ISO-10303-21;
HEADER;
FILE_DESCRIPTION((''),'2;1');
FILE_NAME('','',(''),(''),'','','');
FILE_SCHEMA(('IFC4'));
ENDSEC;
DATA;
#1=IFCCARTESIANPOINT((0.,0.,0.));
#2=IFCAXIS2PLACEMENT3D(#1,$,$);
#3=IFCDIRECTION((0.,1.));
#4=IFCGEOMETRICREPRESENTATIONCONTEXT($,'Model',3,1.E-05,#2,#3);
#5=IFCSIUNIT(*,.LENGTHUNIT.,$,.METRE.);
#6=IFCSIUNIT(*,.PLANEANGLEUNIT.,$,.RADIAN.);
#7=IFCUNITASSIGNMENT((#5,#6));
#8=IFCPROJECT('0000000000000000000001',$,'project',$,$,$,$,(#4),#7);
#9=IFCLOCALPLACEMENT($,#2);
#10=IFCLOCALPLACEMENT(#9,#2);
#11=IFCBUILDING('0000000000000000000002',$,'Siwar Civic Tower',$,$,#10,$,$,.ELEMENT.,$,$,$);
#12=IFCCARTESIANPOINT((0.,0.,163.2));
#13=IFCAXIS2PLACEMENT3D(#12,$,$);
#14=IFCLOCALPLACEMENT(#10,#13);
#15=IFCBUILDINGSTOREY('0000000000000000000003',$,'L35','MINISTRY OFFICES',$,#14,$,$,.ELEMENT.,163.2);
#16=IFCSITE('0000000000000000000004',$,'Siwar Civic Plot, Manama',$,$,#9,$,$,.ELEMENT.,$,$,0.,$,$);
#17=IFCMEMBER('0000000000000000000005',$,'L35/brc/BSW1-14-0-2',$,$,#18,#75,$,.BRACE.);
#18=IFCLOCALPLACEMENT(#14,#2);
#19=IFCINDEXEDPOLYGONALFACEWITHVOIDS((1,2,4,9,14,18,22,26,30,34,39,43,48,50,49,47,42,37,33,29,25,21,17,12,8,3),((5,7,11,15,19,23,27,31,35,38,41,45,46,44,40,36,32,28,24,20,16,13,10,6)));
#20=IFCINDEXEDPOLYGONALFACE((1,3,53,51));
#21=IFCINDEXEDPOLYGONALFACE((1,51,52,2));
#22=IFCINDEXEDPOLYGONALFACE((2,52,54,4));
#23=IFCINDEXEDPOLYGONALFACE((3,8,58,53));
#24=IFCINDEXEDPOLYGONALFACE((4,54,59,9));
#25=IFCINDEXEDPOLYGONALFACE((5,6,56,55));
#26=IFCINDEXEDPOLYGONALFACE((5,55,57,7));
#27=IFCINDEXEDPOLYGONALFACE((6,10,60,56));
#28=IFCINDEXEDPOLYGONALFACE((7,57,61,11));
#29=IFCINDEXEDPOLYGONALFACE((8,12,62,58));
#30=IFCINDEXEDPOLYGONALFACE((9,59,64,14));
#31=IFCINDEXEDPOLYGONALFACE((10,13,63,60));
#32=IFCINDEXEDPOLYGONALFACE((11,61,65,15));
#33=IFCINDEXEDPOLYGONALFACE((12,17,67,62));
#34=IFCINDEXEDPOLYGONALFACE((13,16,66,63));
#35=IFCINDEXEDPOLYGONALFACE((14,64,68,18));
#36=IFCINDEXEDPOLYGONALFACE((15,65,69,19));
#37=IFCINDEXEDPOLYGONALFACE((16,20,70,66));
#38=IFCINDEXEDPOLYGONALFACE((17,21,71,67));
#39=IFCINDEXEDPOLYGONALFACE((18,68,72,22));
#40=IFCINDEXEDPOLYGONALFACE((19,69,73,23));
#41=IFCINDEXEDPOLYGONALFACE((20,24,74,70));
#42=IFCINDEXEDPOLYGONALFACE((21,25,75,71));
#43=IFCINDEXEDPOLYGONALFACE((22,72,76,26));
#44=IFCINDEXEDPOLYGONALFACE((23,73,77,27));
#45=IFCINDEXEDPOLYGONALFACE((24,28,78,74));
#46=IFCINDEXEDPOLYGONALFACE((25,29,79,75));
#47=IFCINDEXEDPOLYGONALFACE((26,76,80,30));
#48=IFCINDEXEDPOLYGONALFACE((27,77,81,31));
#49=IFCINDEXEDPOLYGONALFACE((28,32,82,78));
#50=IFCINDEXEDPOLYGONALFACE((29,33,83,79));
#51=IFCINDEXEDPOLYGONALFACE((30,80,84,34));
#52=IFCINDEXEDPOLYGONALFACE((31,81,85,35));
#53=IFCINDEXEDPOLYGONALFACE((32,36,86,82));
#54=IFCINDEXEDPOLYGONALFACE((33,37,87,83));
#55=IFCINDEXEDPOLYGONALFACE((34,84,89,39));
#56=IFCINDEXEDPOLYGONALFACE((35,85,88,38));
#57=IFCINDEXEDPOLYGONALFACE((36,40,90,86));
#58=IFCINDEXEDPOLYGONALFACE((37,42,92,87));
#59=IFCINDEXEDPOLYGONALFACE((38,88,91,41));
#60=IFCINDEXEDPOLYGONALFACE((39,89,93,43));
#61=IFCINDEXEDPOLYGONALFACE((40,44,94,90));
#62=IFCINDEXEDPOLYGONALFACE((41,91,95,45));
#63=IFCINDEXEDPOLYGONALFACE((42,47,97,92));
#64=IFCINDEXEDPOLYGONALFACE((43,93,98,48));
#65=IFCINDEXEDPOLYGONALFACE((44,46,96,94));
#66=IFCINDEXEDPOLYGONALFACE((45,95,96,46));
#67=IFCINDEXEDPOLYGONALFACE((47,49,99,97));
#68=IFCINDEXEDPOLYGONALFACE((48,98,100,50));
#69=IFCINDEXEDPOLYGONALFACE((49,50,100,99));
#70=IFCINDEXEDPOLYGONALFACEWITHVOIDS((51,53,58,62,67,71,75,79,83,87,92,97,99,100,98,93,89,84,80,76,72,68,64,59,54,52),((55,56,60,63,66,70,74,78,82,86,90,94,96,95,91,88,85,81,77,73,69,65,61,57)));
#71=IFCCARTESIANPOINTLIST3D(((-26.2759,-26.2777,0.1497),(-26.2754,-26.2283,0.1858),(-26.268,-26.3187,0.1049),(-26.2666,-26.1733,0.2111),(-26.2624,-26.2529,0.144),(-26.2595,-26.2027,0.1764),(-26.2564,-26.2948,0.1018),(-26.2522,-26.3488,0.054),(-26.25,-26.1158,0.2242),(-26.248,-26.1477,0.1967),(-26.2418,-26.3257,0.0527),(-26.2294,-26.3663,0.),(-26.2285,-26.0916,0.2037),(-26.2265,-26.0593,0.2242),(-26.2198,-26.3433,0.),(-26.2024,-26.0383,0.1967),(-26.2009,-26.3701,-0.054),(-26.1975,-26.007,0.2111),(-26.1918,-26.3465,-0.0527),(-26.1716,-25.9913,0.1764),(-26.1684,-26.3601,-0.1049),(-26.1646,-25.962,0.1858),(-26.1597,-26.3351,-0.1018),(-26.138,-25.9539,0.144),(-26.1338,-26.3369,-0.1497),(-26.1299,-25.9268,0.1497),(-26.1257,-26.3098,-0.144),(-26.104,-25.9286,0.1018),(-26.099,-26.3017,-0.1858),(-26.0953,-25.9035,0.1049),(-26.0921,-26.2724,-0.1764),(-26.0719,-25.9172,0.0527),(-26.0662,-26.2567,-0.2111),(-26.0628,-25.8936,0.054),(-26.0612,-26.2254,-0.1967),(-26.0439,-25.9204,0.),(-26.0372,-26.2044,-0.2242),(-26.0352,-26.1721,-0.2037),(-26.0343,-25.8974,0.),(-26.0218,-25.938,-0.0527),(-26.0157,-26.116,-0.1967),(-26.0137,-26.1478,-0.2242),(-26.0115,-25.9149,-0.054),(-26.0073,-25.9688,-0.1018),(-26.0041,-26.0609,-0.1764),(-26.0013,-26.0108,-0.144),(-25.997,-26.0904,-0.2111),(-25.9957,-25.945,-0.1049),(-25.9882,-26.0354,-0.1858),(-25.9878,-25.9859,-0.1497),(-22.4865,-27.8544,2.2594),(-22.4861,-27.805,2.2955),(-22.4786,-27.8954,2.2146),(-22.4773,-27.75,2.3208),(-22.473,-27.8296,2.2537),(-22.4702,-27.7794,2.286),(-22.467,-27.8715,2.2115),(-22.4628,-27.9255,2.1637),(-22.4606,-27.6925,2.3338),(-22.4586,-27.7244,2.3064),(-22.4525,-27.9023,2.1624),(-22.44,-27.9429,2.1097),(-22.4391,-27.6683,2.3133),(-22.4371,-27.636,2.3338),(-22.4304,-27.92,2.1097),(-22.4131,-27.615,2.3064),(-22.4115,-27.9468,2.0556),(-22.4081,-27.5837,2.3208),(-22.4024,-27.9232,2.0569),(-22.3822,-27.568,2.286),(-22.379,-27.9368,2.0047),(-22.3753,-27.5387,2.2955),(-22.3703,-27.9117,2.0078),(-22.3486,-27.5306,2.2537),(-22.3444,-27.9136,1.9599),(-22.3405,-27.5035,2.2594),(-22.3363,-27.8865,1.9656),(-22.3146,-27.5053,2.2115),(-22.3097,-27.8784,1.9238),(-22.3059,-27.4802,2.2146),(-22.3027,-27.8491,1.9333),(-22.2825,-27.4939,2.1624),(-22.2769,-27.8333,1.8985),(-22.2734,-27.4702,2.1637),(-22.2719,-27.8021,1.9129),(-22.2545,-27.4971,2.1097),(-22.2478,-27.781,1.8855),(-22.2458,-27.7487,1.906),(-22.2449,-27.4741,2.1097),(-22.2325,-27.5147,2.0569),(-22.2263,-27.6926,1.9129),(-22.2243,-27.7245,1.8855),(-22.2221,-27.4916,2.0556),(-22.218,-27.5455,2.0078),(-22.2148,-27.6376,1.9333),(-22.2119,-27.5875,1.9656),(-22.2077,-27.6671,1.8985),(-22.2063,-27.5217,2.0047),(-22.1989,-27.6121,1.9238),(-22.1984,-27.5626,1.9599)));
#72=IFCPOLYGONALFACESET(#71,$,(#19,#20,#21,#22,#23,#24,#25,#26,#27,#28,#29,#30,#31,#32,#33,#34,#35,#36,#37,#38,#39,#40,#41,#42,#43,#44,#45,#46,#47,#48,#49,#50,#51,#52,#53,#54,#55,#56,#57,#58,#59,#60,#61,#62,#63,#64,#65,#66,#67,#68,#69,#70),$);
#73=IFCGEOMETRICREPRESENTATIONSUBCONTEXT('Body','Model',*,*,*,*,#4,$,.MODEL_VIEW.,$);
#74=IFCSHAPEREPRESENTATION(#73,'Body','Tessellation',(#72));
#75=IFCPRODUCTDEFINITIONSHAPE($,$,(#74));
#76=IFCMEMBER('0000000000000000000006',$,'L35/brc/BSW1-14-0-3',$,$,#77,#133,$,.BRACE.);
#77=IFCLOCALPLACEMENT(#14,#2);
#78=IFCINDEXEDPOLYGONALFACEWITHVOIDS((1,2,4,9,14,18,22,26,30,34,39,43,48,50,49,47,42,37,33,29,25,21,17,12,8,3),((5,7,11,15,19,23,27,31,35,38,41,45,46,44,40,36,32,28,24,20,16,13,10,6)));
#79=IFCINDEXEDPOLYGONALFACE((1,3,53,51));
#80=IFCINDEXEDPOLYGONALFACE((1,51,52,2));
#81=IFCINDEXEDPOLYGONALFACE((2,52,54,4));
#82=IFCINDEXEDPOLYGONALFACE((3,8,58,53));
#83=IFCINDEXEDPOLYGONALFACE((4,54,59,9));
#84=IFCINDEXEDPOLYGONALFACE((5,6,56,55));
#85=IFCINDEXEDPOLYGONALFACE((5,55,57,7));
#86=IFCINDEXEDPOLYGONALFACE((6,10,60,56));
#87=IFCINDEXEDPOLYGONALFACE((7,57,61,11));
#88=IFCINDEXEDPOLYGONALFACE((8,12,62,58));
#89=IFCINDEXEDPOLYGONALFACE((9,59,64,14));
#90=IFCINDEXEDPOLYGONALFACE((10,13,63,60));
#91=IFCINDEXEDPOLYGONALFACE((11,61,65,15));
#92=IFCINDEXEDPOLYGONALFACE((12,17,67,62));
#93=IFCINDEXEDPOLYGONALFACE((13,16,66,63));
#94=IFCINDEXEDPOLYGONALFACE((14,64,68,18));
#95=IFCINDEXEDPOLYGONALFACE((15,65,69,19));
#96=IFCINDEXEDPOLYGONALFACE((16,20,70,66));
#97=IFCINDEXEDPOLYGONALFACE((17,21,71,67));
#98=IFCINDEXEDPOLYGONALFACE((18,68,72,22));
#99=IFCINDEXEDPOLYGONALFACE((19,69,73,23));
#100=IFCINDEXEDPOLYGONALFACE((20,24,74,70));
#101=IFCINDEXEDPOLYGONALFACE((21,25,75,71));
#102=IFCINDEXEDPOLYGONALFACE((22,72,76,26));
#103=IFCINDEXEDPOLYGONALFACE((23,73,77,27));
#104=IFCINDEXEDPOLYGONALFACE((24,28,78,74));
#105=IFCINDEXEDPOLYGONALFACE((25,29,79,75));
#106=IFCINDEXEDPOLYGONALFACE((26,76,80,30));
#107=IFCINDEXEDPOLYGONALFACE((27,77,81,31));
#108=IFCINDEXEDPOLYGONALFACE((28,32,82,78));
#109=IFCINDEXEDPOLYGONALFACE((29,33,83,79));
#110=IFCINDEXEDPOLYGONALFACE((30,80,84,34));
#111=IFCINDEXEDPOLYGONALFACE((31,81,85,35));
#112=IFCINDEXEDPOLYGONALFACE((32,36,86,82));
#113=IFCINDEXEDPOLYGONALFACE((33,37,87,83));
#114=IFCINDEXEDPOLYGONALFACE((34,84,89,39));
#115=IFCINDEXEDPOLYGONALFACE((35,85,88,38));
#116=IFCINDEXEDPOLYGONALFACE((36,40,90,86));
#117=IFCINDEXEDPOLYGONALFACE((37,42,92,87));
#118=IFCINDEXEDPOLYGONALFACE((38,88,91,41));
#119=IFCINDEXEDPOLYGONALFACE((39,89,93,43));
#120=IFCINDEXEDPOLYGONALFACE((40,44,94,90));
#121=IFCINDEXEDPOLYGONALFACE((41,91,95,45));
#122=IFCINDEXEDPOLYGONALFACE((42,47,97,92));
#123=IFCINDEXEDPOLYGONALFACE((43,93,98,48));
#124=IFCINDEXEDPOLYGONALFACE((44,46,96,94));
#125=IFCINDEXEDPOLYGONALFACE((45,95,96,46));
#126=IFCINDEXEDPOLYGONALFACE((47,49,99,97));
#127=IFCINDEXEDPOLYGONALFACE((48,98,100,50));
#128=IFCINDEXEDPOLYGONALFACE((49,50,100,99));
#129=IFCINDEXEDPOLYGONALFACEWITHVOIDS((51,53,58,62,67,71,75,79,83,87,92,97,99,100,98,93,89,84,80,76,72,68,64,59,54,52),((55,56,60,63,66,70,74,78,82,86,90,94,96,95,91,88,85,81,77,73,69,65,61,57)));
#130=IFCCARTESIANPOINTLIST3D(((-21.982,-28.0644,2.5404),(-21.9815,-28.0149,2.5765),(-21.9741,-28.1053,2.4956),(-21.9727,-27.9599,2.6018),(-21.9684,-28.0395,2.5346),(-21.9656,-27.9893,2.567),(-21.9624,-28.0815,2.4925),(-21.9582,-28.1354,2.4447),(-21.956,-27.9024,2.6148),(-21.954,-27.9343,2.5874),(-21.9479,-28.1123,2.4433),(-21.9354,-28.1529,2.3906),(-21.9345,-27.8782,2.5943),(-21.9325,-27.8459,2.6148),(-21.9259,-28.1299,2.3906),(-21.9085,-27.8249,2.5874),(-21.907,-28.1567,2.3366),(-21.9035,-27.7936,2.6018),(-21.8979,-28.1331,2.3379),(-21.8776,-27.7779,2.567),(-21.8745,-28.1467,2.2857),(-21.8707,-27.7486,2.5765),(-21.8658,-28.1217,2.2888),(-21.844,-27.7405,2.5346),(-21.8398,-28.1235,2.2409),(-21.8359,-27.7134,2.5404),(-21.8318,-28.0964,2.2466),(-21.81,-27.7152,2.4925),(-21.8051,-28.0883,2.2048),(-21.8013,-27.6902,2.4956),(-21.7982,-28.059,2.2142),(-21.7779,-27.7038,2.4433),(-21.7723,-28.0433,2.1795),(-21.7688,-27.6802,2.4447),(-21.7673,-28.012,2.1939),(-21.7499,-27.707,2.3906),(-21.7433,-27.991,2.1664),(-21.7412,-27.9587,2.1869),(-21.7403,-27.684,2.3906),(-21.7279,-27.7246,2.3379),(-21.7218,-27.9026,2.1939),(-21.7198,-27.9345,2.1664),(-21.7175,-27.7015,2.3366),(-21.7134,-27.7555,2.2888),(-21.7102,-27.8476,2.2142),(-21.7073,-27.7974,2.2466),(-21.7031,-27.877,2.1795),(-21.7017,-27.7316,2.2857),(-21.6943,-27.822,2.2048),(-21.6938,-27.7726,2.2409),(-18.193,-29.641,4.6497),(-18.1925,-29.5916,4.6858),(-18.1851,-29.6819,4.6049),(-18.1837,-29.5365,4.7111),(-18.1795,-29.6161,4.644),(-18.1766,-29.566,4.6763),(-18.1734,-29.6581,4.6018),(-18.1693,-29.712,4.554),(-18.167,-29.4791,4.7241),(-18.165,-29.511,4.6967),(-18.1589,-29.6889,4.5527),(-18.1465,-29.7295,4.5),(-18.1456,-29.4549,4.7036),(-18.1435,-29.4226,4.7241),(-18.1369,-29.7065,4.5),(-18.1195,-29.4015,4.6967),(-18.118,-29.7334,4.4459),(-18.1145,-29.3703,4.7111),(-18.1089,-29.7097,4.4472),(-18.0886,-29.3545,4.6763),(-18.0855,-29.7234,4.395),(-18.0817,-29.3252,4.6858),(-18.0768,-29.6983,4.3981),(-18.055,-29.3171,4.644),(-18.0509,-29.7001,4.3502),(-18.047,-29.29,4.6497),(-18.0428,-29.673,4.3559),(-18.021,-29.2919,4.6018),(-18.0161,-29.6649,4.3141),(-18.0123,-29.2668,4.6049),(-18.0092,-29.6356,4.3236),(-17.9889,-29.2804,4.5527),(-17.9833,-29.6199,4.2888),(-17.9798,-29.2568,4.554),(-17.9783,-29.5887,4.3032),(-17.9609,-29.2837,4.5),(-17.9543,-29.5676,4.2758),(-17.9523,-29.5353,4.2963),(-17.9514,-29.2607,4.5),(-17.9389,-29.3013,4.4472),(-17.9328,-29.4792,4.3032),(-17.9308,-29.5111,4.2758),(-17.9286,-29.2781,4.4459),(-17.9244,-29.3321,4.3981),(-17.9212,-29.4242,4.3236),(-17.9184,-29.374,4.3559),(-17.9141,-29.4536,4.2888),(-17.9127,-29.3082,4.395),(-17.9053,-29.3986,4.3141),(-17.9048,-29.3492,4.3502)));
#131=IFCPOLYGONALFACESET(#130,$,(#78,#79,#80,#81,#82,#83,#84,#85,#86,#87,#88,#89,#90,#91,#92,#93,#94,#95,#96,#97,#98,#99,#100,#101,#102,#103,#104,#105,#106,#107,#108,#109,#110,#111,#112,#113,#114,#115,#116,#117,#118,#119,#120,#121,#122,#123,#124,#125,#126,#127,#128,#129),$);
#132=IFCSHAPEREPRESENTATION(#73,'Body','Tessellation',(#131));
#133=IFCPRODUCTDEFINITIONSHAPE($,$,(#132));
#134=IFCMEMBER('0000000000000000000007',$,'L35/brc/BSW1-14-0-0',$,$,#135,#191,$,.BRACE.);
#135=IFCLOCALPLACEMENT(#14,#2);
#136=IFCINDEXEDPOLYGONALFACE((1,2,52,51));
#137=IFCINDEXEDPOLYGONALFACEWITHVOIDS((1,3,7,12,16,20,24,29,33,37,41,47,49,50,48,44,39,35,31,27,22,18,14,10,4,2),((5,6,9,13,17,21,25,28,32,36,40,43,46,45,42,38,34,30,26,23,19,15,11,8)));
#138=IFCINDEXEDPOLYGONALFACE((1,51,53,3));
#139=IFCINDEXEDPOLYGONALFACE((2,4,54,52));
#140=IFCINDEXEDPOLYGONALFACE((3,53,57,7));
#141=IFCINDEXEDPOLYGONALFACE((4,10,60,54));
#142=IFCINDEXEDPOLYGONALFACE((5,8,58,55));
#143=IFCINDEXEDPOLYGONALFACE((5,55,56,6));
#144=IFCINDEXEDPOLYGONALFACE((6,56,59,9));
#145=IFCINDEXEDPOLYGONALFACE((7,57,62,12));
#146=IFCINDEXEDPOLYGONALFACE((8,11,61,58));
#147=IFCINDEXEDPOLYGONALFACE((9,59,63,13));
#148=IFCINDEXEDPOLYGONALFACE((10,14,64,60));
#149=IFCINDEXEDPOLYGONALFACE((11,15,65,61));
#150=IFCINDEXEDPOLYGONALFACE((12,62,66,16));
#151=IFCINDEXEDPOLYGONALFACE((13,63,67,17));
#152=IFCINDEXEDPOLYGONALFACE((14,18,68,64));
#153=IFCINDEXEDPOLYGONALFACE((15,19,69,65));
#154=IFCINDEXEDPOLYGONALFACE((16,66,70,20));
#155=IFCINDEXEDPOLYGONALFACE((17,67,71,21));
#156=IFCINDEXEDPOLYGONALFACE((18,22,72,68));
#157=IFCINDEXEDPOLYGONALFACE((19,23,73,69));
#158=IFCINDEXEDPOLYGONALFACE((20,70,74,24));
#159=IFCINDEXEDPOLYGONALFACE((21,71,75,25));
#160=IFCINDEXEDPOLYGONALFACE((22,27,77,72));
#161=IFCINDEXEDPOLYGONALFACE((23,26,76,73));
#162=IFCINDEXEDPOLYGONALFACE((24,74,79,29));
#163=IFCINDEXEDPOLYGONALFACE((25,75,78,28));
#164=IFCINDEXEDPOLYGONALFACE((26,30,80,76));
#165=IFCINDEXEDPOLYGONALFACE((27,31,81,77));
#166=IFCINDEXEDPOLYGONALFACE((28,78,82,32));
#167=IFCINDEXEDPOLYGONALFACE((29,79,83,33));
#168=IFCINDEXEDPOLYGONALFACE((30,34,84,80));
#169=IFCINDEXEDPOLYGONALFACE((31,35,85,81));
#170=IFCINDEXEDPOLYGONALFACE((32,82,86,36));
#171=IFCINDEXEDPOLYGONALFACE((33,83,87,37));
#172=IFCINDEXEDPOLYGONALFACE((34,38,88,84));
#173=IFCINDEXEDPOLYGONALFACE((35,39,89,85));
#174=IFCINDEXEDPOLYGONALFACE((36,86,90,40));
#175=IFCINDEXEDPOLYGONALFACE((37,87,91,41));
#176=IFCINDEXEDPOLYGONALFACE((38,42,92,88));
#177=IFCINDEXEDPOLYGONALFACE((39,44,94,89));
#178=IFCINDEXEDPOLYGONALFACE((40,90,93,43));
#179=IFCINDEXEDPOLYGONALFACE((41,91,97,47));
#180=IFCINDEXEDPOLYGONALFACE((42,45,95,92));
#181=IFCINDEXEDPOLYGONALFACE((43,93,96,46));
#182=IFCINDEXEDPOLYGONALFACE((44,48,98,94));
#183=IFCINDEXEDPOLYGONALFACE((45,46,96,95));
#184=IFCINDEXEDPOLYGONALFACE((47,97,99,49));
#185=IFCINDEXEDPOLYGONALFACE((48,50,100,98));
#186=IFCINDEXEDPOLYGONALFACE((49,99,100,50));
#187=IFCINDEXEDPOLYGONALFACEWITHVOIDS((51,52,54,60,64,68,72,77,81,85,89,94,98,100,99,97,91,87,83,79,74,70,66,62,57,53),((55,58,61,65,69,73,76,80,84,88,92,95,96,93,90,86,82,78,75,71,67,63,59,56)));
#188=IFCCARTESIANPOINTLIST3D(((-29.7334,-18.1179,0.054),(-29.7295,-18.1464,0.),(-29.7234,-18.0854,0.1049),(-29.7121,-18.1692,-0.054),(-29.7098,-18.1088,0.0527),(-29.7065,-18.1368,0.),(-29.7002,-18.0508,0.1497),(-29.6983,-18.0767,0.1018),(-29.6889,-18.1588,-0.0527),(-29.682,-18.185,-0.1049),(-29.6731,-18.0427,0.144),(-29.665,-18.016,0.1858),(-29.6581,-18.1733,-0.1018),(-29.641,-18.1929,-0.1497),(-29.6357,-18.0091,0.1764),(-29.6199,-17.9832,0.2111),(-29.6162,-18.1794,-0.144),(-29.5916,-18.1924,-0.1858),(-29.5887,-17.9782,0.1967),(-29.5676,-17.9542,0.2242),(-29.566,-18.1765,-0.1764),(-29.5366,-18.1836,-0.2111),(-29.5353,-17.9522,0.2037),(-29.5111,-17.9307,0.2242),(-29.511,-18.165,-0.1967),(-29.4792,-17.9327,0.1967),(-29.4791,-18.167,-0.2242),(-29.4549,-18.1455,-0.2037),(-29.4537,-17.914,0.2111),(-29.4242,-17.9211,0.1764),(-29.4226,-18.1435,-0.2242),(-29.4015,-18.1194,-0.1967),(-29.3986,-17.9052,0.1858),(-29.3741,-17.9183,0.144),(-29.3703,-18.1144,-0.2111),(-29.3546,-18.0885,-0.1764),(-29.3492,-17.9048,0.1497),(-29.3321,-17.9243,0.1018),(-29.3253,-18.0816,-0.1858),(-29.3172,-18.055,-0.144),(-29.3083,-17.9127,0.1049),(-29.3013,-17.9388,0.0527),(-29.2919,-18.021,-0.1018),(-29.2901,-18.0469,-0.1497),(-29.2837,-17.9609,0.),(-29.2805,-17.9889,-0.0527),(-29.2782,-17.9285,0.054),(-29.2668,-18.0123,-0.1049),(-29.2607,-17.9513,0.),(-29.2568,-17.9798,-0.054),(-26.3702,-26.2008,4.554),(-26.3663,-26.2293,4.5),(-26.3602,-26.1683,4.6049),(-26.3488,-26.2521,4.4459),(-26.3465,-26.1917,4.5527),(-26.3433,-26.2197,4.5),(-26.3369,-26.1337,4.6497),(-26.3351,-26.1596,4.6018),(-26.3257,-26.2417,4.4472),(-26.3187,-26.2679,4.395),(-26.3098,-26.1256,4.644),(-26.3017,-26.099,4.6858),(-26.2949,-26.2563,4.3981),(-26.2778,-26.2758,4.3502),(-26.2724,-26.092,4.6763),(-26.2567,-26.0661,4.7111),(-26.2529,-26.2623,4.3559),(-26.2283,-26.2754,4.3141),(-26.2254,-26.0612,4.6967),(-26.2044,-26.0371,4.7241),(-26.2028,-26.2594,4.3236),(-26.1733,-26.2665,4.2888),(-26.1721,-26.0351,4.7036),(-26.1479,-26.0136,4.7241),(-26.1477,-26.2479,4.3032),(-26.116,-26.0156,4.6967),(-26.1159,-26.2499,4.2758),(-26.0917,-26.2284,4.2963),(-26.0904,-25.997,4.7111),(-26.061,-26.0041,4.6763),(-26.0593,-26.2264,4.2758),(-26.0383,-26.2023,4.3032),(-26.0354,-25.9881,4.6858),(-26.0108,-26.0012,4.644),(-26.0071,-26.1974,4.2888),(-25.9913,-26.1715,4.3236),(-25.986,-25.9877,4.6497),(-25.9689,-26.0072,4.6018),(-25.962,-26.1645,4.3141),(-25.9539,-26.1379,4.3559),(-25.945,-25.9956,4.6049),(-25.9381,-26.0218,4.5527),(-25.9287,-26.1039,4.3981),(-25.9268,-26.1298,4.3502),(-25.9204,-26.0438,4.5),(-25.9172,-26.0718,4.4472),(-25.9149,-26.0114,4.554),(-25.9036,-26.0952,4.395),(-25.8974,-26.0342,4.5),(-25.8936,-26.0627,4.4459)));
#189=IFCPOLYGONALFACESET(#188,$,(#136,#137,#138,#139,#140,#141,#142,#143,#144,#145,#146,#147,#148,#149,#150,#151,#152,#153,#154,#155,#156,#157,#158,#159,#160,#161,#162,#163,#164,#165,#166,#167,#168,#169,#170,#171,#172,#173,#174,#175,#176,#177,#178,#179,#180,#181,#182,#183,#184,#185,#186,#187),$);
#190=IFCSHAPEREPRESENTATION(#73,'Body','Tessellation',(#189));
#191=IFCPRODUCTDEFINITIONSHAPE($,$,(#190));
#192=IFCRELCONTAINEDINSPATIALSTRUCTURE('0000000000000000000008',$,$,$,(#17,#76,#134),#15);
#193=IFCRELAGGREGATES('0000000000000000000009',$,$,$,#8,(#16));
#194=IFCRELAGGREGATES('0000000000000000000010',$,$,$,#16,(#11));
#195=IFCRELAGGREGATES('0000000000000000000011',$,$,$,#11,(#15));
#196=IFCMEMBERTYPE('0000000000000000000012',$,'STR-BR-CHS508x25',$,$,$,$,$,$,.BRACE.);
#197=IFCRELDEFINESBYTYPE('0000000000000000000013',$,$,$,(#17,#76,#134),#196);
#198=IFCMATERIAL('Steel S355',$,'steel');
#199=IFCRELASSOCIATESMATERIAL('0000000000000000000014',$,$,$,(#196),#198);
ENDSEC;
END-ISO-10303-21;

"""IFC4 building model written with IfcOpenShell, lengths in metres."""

from ifc_helpers import new_model, si_unit, direction, frame, origin, origin_2d, place, context, subcontext, project, spatial, hollow_circle, extrude, material, material_profile, profile_set, type_object, element, save


model = new_model("IFC4")

# Units and contexts
model_context = context("Model", 3, precision=1e-05, world=origin(), true_north=direction((0.0, 1.0)))
body_context = subcontext(model_context, "Body", "Model", "MODEL_VIEW")
ifc_project = project(units=[si_unit("LENGTHUNIT", "METRE"), si_unit("PLANEANGLEUNIT", "RADIAN")], contexts=[model_context])

# Site, building, storey
site_placement = place(None, origin())
site = spatial("IfcSite", under=ifc_project, at=site_placement, Name="Siwar Civic Plot, Manama", CompositionType="ELEMENT", RefElevation=0.0)
building_placement = place(site_placement, origin())
building = spatial("IfcBuilding", under=site, at=building_placement, Name="Siwar Civic Tower", CompositionType="ELEMENT")
storey_placement = place(building_placement, frame((0.0, 0.0, 163.2)))
storey = spatial("IfcBuildingStorey", under=building, at=storey_placement, Name="L35", Description="MINISTRY OFFICES", CompositionType="ELEMENT", Elevation=163.2)

# Members
ifc_material_1 = material(Name="Steel S355", Category="steel")
ifc_material_profile_1 = material_profile(ifc_material_1, hollow_circle(Radius=0.2539, WallThickness=0.0249, at=origin_2d()), Name="CHS508x25")
ifc_profile_set_1 = profile_set([ifc_material_profile_1], Name="Steel S355")
member_type_1 = type_object("IfcMemberType", Name="STR-BR-CHS508x25", PredefinedType="BRACE", material=ifc_profile_set_1)
member_1_placement = place(storey_placement, frame((-26.1318, -26.1318, 0.0), z_axis=(0.821143, -0.341662, 0.457155), x_axis=(0.384155, 0.923269, 0.0)))
element("IfcMember", 1, at=member_1_placement, inside=storey, type_object=member_type_1, Name="L35/brc/BSW1-14-0-2", PredefinedType="BRACE", context=body_context, shape_type="SweptSolid", body=[
    extrude(hollow_circle(Radius=0.2539, WallThickness=0.0249, at=origin_2d()), origin(), (0.0, 0.0, 1.0), 4.6147),
])
member_2_placement = place(storey_placement, frame((-21.8379, -27.9185, 2.3906), z_axis=(0.821146, -0.341686, 0.457133), x_axis=(0.384176, 0.92326, 0.0)))
element("IfcMember", 2, at=member_2_placement, inside=storey, type_object=member_type_1, Name="L35/brc/BSW1-14-0-3", PredefinedType="BRACE", context=body_context, shape_type="SweptSolid", body=[
    extrude(hollow_circle(Radius=0.2539, WallThickness=0.0249, at=origin_2d()), origin(), (0.0, 0.0, 1.0), 4.6143),
])
member_3_placement = place(storey_placement, frame((-29.4951, -18.0488, 0.0), z_axis=(0.341671, -0.821143, 0.457149), x_axis=(0.923265, 0.384164, 0.0)))
element("IfcMember", 3, at=member_3_placement, inside=storey, type_object=member_type_1, Name="L35/brc/BSW1-14-0-0", PredefinedType="BRACE", context=body_context, shape_type="SweptSolid", body=[
    extrude(hollow_circle(Radius=0.2539, WallThickness=0.0249, at=origin_2d()), origin(), (0.0, 0.0, 1.0), 9.8435),
])

save(model, "model.ifc")
